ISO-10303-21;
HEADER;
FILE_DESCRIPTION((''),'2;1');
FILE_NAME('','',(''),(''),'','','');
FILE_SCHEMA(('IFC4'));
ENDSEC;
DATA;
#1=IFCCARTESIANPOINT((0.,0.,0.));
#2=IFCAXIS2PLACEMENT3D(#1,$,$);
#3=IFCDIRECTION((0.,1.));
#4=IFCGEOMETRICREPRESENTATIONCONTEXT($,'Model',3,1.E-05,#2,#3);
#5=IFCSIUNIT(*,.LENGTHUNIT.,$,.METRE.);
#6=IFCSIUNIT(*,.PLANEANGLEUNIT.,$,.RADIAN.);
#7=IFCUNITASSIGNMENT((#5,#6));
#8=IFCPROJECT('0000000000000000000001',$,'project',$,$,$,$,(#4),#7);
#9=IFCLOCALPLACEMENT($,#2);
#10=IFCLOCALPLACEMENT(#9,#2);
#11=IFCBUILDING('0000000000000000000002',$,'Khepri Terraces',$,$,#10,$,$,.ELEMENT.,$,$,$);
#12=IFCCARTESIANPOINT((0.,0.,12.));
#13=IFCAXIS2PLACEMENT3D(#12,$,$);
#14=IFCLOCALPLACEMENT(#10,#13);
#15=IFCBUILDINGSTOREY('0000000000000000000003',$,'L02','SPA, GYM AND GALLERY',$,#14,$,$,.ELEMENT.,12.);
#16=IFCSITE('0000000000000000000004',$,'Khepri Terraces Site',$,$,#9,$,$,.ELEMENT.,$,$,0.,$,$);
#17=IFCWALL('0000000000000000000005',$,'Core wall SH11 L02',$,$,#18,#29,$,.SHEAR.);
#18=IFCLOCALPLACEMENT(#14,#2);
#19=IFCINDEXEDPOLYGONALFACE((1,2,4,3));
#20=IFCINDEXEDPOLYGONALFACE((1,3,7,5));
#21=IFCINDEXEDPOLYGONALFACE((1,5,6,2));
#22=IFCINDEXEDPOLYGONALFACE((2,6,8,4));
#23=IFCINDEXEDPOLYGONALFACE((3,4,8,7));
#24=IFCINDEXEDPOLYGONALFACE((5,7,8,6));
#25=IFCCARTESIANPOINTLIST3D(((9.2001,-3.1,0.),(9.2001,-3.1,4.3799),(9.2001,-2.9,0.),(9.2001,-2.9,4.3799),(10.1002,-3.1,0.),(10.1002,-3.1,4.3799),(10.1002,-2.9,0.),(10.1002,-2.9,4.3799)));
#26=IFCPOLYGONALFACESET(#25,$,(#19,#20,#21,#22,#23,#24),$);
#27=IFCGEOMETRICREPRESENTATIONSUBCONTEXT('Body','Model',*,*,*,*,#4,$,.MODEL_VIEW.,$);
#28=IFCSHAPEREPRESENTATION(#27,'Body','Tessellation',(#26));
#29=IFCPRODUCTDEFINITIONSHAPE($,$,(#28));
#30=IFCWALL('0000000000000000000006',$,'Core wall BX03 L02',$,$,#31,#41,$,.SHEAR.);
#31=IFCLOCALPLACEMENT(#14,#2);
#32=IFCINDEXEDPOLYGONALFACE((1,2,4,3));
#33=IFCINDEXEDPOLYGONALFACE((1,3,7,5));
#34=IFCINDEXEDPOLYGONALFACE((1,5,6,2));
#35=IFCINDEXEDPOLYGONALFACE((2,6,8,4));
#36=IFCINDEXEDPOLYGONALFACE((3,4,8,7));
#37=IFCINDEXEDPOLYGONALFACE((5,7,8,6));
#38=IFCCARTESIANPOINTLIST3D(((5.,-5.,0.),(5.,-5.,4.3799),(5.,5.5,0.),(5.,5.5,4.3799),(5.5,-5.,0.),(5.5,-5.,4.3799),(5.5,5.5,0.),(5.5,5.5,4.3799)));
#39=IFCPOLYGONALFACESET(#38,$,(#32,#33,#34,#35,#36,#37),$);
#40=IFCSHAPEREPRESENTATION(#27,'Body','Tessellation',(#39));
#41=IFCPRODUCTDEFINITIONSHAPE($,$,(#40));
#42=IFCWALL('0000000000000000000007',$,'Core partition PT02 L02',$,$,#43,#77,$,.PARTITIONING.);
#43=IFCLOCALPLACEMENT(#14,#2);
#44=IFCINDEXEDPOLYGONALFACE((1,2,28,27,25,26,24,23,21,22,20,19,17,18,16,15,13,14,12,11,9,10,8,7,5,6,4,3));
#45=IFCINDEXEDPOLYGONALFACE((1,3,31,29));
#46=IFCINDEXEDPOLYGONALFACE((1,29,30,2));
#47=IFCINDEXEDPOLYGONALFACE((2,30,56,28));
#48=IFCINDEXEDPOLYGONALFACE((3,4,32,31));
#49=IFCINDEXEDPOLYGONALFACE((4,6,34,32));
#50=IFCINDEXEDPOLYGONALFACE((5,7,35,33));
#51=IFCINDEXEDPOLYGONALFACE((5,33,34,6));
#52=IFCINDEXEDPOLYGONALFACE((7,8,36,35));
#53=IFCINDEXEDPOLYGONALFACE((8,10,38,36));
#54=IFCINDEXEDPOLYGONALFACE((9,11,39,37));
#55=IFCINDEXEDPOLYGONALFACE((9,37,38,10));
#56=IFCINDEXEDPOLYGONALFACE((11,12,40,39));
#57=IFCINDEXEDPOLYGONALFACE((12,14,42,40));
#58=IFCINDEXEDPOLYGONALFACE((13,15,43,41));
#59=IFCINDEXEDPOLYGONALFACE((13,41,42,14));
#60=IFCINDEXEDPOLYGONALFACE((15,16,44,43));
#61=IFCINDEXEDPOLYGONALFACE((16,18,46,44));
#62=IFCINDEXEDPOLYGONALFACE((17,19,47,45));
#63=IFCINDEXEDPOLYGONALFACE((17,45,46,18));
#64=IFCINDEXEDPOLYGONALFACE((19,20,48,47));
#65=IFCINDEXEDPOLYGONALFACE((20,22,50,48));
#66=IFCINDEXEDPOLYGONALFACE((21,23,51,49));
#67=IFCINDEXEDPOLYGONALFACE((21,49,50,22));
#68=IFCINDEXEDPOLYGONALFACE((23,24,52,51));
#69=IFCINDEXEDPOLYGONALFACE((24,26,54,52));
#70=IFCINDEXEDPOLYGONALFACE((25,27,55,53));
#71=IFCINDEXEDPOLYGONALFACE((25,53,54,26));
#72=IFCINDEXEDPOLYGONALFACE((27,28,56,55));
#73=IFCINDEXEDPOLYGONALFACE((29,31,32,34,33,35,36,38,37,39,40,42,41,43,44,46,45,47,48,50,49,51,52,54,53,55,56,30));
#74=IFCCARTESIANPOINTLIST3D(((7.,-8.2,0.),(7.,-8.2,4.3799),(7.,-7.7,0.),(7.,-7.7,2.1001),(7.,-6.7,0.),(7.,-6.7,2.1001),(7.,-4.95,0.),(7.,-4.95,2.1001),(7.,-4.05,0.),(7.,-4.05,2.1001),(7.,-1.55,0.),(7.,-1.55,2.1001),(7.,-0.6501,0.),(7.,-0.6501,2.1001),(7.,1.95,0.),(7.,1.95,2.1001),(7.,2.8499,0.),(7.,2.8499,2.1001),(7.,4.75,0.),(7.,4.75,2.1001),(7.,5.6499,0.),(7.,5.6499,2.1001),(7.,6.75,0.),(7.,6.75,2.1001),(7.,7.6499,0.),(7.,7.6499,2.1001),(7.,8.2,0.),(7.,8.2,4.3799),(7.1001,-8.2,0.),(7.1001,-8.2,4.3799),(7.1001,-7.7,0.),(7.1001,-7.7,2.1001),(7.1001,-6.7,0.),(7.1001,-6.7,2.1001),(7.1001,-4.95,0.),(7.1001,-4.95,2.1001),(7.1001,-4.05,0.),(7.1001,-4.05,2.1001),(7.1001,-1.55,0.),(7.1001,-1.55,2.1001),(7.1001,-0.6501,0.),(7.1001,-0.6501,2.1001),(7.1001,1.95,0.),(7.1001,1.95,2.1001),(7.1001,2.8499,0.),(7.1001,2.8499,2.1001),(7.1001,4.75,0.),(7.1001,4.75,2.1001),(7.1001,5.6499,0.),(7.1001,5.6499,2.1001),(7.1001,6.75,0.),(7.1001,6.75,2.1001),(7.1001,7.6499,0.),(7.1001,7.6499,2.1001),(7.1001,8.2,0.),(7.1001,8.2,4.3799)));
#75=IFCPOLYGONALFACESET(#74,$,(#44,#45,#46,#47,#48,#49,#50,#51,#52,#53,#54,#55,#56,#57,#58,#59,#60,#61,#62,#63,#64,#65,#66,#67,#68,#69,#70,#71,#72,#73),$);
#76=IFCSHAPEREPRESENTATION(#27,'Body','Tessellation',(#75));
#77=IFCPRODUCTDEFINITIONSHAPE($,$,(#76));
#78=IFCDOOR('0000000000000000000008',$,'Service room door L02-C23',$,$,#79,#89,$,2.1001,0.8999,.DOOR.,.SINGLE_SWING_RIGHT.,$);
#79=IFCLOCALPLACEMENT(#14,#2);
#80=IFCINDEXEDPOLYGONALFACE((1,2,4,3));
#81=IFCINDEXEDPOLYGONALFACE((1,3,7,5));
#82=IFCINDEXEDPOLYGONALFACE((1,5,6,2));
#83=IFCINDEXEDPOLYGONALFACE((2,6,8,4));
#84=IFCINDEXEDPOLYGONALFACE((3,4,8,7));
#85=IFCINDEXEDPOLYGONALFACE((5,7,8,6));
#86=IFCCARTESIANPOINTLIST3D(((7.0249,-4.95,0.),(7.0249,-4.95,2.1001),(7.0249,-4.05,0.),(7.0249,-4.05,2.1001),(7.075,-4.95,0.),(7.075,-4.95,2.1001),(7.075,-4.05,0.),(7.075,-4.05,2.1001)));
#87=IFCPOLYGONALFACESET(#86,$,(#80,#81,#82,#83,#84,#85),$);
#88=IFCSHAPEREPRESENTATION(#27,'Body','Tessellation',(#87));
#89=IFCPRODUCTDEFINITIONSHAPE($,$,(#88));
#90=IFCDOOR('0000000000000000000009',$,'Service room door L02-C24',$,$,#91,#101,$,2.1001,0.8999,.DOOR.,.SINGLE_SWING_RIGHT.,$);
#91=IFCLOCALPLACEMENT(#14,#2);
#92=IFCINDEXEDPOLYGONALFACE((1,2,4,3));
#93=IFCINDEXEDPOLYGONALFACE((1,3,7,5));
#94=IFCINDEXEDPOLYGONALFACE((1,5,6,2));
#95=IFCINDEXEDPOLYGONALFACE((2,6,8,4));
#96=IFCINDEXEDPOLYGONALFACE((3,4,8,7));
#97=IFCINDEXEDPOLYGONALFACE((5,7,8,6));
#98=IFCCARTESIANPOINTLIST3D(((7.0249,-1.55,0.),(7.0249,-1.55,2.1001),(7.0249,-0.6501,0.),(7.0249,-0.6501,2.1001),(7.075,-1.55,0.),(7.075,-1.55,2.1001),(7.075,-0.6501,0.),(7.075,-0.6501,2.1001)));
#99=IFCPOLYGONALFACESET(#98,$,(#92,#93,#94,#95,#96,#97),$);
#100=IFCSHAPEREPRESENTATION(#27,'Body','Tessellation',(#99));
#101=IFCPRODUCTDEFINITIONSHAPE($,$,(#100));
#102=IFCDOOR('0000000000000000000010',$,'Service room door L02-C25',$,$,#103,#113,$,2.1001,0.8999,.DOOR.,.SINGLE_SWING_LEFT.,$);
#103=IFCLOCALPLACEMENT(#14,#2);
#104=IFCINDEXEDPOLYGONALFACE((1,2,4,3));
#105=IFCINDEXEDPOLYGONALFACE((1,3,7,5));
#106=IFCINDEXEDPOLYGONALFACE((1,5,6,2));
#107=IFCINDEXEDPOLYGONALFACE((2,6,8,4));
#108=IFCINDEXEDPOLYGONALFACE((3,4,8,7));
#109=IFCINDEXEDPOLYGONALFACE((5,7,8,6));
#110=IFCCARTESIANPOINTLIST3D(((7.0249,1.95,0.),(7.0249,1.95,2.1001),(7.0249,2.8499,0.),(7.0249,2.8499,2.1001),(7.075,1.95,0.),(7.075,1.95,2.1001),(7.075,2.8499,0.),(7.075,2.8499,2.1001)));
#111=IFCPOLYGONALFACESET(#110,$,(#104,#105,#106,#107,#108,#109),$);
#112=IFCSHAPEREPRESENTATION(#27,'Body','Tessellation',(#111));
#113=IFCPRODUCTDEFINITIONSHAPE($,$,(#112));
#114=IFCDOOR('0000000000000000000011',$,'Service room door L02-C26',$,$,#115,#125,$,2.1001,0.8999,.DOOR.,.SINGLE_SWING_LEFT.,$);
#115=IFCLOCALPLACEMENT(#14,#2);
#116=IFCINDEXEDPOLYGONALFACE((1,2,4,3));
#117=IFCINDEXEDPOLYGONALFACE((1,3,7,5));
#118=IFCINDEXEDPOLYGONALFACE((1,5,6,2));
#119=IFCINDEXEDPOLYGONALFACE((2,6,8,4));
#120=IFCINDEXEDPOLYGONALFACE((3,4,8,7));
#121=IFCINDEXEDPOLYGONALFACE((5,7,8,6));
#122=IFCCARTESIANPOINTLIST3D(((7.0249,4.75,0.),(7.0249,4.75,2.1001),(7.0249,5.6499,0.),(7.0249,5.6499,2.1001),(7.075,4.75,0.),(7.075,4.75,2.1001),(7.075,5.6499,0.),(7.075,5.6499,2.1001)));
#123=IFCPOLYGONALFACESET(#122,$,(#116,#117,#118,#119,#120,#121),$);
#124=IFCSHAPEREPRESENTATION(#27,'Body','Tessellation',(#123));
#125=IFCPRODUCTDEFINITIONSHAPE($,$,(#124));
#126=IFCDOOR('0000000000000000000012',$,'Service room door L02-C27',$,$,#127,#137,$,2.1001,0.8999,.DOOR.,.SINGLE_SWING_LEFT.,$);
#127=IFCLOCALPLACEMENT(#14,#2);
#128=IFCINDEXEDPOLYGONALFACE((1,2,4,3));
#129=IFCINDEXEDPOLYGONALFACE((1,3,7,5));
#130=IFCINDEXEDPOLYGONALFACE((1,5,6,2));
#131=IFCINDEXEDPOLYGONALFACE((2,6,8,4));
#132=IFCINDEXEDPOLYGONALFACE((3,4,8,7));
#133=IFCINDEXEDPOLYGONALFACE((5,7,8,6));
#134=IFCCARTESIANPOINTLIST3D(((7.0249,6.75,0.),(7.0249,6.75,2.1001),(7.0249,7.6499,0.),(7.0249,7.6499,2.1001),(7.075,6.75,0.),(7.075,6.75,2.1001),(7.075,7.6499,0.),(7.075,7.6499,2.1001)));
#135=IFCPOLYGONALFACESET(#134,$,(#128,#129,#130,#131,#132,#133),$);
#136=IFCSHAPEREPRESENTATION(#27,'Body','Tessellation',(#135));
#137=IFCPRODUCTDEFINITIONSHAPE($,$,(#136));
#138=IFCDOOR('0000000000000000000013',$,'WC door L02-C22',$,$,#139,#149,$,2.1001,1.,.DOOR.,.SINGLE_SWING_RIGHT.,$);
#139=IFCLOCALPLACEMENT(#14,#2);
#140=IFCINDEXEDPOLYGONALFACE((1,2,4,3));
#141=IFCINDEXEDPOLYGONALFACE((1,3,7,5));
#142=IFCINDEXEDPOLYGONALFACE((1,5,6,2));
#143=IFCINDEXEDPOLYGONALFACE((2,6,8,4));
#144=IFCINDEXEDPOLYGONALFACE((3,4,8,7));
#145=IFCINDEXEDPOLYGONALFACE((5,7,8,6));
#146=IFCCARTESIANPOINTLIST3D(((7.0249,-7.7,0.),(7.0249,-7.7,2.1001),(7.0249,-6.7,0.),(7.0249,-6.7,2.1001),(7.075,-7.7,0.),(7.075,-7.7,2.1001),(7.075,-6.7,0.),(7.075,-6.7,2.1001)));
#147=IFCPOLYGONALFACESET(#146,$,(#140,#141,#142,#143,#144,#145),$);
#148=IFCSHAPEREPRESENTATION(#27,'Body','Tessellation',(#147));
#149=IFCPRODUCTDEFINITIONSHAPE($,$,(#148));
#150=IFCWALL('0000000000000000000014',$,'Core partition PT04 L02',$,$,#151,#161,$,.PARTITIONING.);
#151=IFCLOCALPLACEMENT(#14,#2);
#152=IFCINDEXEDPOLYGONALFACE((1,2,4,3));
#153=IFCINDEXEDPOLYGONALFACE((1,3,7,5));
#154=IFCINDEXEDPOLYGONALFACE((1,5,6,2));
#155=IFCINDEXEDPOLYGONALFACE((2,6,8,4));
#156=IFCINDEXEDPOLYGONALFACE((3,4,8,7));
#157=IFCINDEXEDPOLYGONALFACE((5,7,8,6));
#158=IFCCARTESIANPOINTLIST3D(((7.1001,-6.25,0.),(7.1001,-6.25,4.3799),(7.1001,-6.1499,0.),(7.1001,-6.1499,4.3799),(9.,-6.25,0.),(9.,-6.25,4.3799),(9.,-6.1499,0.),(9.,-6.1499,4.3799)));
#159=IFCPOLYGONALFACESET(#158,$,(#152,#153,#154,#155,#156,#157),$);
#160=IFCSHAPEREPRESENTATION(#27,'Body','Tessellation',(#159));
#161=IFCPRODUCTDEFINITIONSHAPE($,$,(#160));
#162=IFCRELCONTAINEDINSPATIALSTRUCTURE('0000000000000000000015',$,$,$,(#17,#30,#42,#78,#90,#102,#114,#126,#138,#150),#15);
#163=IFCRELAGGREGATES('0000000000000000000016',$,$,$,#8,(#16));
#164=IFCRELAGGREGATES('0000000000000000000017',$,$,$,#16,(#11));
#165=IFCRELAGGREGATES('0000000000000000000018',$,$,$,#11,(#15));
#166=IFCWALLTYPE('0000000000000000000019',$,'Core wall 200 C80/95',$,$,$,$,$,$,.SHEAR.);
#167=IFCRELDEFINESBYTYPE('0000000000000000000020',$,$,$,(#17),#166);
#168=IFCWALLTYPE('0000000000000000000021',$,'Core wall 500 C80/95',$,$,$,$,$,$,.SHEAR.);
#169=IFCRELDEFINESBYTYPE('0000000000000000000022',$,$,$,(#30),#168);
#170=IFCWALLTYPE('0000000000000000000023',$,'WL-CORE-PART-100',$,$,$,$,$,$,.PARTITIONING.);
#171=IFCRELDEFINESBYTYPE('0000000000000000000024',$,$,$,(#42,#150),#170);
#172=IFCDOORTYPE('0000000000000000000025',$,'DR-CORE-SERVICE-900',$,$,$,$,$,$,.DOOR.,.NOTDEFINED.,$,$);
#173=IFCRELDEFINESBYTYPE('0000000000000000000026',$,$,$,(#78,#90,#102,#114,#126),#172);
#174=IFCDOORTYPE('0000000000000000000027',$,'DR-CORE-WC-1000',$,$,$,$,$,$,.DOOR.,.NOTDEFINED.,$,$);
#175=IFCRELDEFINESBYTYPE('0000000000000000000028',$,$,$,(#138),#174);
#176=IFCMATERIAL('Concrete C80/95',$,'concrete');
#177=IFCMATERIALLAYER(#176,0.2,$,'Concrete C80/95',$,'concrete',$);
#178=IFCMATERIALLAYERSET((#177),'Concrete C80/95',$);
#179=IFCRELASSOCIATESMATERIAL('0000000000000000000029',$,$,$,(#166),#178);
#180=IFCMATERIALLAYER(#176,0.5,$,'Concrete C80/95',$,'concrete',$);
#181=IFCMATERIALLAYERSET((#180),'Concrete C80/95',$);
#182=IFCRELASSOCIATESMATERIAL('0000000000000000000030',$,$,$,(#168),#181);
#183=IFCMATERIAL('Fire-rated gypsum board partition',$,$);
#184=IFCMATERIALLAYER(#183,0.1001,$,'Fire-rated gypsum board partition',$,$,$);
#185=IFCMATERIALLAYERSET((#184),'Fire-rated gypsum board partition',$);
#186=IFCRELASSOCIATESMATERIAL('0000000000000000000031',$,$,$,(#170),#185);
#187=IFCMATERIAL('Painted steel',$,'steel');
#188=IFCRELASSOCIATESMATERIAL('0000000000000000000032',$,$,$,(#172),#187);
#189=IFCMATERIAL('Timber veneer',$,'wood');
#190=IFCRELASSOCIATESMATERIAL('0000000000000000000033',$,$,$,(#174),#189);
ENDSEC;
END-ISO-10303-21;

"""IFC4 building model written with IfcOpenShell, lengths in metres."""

from ifc_helpers import new_model, si_unit, direction, frame, frame_2d, origin, place, context, subcontext, project, spatial, rectangle, extrude, material, layer, layer_set, type_object, element, fill, save


model = new_model("IFC4")

# Units and contexts
model_context = context("Model", 3, precision=1e-05, world=origin(), true_north=direction((0.0, 1.0)))
body_context = subcontext(model_context, "Body", "Model", "MODEL_VIEW")
ifc_project = project(units=[si_unit("LENGTHUNIT", "METRE"), si_unit("PLANEANGLEUNIT", "RADIAN")], contexts=[model_context])

# Site, building, storey
site_placement = place(None, origin())
site = spatial("IfcSite", under=ifc_project, at=site_placement, Name="Khepri Terraces Site", CompositionType="ELEMENT", RefElevation=0.0)
building_placement = place(site_placement, origin())
building = spatial("IfcBuilding", under=site, at=building_placement, Name="Khepri Terraces", CompositionType="ELEMENT")
storey_placement = place(building_placement, frame((0.0, 0.0, 12.0)))
storey = spatial("IfcBuildingStorey", under=building, at=storey_placement, Name="L02", Description="SPA, GYM AND GALLERY", CompositionType="ELEMENT", Elevation=12.0)

# Shared definitions
ifc_material_1 = material(Name="Concrete C80/95", Category="concrete")
ifc_layer_1 = layer(ifc_material_1, 0.2, Name="Concrete C80/95", Category="concrete")
ifc_layer_set_1 = layer_set([ifc_layer_1], Name="Concrete C80/95")
wall_type_1 = type_object("IfcWallType", Name="Core wall 200 C80/95", PredefinedType="SHEAR", material=ifc_layer_set_1)
ifc_material_2 = material(Name="Painted steel", Category="steel")

# Walls
wall_1_placement = place(storey_placement, frame((9.2, -3.0, 0.0), z_axis=(0.0, 0.0, 1.0), x_axis=(1.0, 0.0, 0.0)))
element("IfcWall", 1, at=wall_1_placement, inside=storey, type_object=wall_type_1, Name="Core wall SH11 L02", PredefinedType="SHEAR", context=body_context, shape_type="SweptSolid", body=[
    extrude(rectangle(XDim=0.9001, YDim=0.2, at=frame_2d((0.4502, 0.0))), origin(), (0.0, 0.0, 1.0), 4.3799),
])
ifc_layer_2 = layer(ifc_material_1, 0.5, Name="Concrete C80/95", Category="concrete")
ifc_layer_set_2 = layer_set([ifc_layer_2], Name="Concrete C80/95")
wall_type_2 = type_object("IfcWallType", Name="Core wall 500 C80/95", PredefinedType="SHEAR", material=ifc_layer_set_2)
wall_2_placement = place(storey_placement, frame((5.25, -5.0, 0.0), z_axis=(0.0, 0.0, 1.0), x_axis=(0.0, 1.0, 0.0)))
element("IfcWall", 2, at=wall_2_placement, inside=storey, type_object=wall_type_2, Name="Core wall BX03 L02", PredefinedType="SHEAR", context=body_context, shape_type="SweptSolid", body=[
    extrude(rectangle(XDim=10.5, YDim=0.5, at=frame_2d((5.25, 0.0))), origin(), (0.0, 0.0, 1.0), 4.3799),
])

# Wall, openings, doors
ifc_material_3 = material(Name="Fire-rated gypsum board partition")
ifc_layer_3 = layer(ifc_material_3, 0.1001, Name="Fire-rated gypsum board partition")
ifc_layer_set_3 = layer_set([ifc_layer_3], Name="Fire-rated gypsum board partition")
wall_type_3 = type_object("IfcWallType", Name="WL-CORE-PART-100", PredefinedType="PARTITIONING", material=ifc_layer_set_3)
wall_3_placement = place(storey_placement, frame((7.05, -8.2, 0.0), z_axis=(0.0, 0.0, 1.0), x_axis=(0.0, 1.0, 0.0)))
wall_3 = element("IfcWall", 3, at=wall_3_placement, inside=storey, type_object=wall_type_3, Name="Core partition PT02 L02", PredefinedType="PARTITIONING", context=body_context, shape_type="SweptSolid", body=[
    extrude(rectangle(XDim=16.3999, YDim=0.1001, at=frame_2d((8.2, 0.0))), origin(), (0.0, 0.0, 1.0), 4.3799),
])
opening_1_placement = place(wall_3_placement, frame((0.5, 0.0, 0.0)))
opening_1 = element("IfcOpeningElement", 4, at=opening_1_placement, cuts=wall_3, PredefinedType="OPENING", context=body_context, shape_type="SweptSolid", body=[
    extrude(rectangle(XDim=1.0, YDim=2.1001, at=frame_2d((0.5, 1.05))), frame((0.0, 0.0601, 0.0), z_axis=(0.0, -1.0, 0.0), x_axis=(1.0, 0.0, 0.0)), (0.0, 0.0, 1.0), 0.1201),
])
opening_2_placement = place(wall_3_placement, frame((3.25, 0.0, 0.0)))
opening_2 = element("IfcOpeningElement", 5, at=opening_2_placement, cuts=wall_3, PredefinedType="OPENING", context=body_context, shape_type="SweptSolid", body=[
    extrude(rectangle(XDim=0.8999, YDim=2.1001, at=frame_2d((0.45, 1.05))), frame((0.0, 0.0601, 0.0), z_axis=(0.0, -1.0, 0.0), x_axis=(1.0, 0.0, 0.0)), (0.0, 0.0, 1.0), 0.1201),
])
opening_3_placement = place(wall_3_placement, frame((6.6499, 0.0, 0.0)))
opening_3 = element("IfcOpeningElement", 6, at=opening_3_placement, cuts=wall_3, PredefinedType="OPENING", context=body_context, shape_type="SweptSolid", body=[
    extrude(rectangle(XDim=0.8999, YDim=2.1001, at=frame_2d((0.45, 1.05))), frame((0.0, 0.0601, 0.0), z_axis=(0.0, -1.0, 0.0), x_axis=(1.0, 0.0, 0.0)), (0.0, 0.0, 1.0), 0.1201),
])
opening_4_placement = place(wall_3_placement, frame((10.1499, 0.0, 0.0)))
opening_4 = element("IfcOpeningElement", 7, at=opening_4_placement, cuts=wall_3, PredefinedType="OPENING", context=body_context, shape_type="SweptSolid", body=[
    extrude(rectangle(XDim=0.8999, YDim=2.1001, at=frame_2d((0.45, 1.05))), frame((0.0, 0.0601, 0.0), z_axis=(0.0, -1.0, 0.0), x_axis=(1.0, 0.0, 0.0)), (0.0, 0.0, 1.0), 0.1201),
])
opening_5_placement = place(wall_3_placement, frame((12.95, 0.0, 0.0)))
opening_5 = element("IfcOpeningElement", 8, at=opening_5_placement, cuts=wall_3, PredefinedType="OPENING", context=body_context, shape_type="SweptSolid", body=[
    extrude(rectangle(XDim=0.8999, YDim=2.1001, at=frame_2d((0.45, 1.05))), frame((0.0, 0.0601, 0.0), z_axis=(0.0, -1.0, 0.0), x_axis=(1.0, 0.0, 0.0)), (0.0, 0.0, 1.0), 0.1201),
])
opening_6_placement = place(wall_3_placement, frame((14.95, 0.0, 0.0)))
opening_6 = element("IfcOpeningElement", 9, at=opening_6_placement, cuts=wall_3, PredefinedType="OPENING", context=body_context, shape_type="SweptSolid", body=[
    extrude(rectangle(XDim=0.8999, YDim=2.1001, at=frame_2d((0.45, 1.05))), frame((0.0, 0.0601, 0.0), z_axis=(0.0, -1.0, 0.0), x_axis=(1.0, 0.0, 0.0)), (0.0, 0.0, 1.0), 0.1201),
])
door_type_1 = type_object("IfcDoorType", Name="DR-CORE-SERVICE-900", OperationType="NOTDEFINED", PredefinedType="DOOR", material=ifc_material_2)
door_1_placement = place(opening_2_placement, frame((0.8999, 0.0, 0.0), z_axis=(0.0, 0.0, 1.0), x_axis=(-1.0, 0.0, 0.0)))
door_1 = element("IfcDoor", 10, at=door_1_placement, inside=storey, type_object=door_type_1, Name="Service room door L02-C23", OperationType="SINGLE_SWING_RIGHT", OverallHeight=2.1001, OverallWidth=0.8999, PredefinedType="DOOR", context=body_context, shape_type="SweptSolid", body=[
    extrude(rectangle(XDim=0.8999, YDim=2.1001, at=frame_2d((0.45, 1.05))), frame((0.0, 0.0249, 0.0), z_axis=(0.0, -1.0, 0.0), x_axis=(1.0, 0.0, 0.0)), (0.0, 0.0, 1.0), 0.05),
])
fill(opening_2, door_1)
door_2_placement = place(opening_3_placement, frame((0.8999, 0.0, 0.0), z_axis=(0.0, 0.0, 1.0), x_axis=(-1.0, 0.0, 0.0)))
door_2 = element("IfcDoor", 11, at=door_2_placement, inside=storey, type_object=door_type_1, Name="Service room door L02-C24", OperationType="SINGLE_SWING_RIGHT", OverallHeight=2.1001, OverallWidth=0.8999, PredefinedType="DOOR", context=body_context, shape_type="SweptSolid", body=[
    extrude(rectangle(XDim=0.8999, YDim=2.1001, at=frame_2d((0.45, 1.05))), frame((0.0, 0.0249, 0.0), z_axis=(0.0, -1.0, 0.0), x_axis=(1.0, 0.0, 0.0)), (0.0, 0.0, 1.0), 0.05),
])
fill(opening_3, door_2)
door_3_placement = place(opening_4_placement, frame((0.8999, 0.0, 0.0), z_axis=(0.0, 0.0, 1.0), x_axis=(-1.0, 0.0, 0.0)))
door_3 = element("IfcDoor", 12, at=door_3_placement, inside=storey, type_object=door_type_1, Name="Service room door L02-C25", OperationType="SINGLE_SWING_LEFT", OverallHeight=2.1001, OverallWidth=0.8999, PredefinedType="DOOR", context=body_context, shape_type="SweptSolid", body=[
    extrude(rectangle(XDim=0.8999, YDim=2.1001, at=frame_2d((0.45, 1.05))), frame((0.0, 0.0249, 0.0), z_axis=(0.0, -1.0, 0.0), x_axis=(1.0, 0.0, 0.0)), (0.0, 0.0, 1.0), 0.05),
])
fill(opening_4, door_3)
door_4_placement = place(opening_5_placement, frame((0.8999, 0.0, 0.0), z_axis=(0.0, 0.0, 1.0), x_axis=(-1.0, 0.0, 0.0)))
door_4 = element("IfcDoor", 13, at=door_4_placement, inside=storey, type_object=door_type_1, Name="Service room door L02-C26", OperationType="SINGLE_SWING_LEFT", OverallHeight=2.1001, OverallWidth=0.8999, PredefinedType="DOOR", context=body_context, shape_type="SweptSolid", body=[
    extrude(rectangle(XDim=0.8999, YDim=2.1001, at=frame_2d((0.45, 1.05))), frame((0.0, 0.0249, 0.0), z_axis=(0.0, -1.0, 0.0), x_axis=(1.0, 0.0, 0.0)), (0.0, 0.0, 1.0), 0.05),
])
fill(opening_5, door_4)
door_5_placement = place(opening_6_placement, frame((0.8999, 0.0, 0.0), z_axis=(0.0, 0.0, 1.0), x_axis=(-1.0, 0.0, 0.0)))
door_5 = element("IfcDoor", 14, at=door_5_placement, inside=storey, type_object=door_type_1, Name="Service room door L02-C27", OperationType="SINGLE_SWING_LEFT", OverallHeight=2.1001, OverallWidth=0.8999, PredefinedType="DOOR", context=body_context, shape_type="SweptSolid", body=[
    extrude(rectangle(XDim=0.8999, YDim=2.1001, at=frame_2d((0.45, 1.05))), frame((0.0, 0.0249, 0.0), z_axis=(0.0, -1.0, 0.0), x_axis=(1.0, 0.0, 0.0)), (0.0, 0.0, 1.0), 0.05),
])
fill(opening_6, door_5)
ifc_material_4 = material(Name="Timber veneer", Category="wood")
door_type_2 = type_object("IfcDoorType", Name="DR-CORE-WC-1000", OperationType="NOTDEFINED", PredefinedType="DOOR", material=ifc_material_4)
door_6_placement = place(opening_1_placement, frame((1.0, 0.0, 0.0), z_axis=(0.0, 0.0, 1.0), x_axis=(-1.0, 0.0, 0.0)))
door_6 = element("IfcDoor", 15, at=door_6_placement, inside=storey, type_object=door_type_2, Name="WC door L02-C22", OperationType="SINGLE_SWING_RIGHT", OverallHeight=2.1001, OverallWidth=1.0, PredefinedType="DOOR", context=body_context, shape_type="SweptSolid", body=[
    extrude(rectangle(XDim=1.0, YDim=2.1001, at=frame_2d((0.5, 1.05))), frame((0.0, 0.0249, 0.0), z_axis=(0.0, -1.0, 0.0), x_axis=(1.0, 0.0, 0.0)), (0.0, 0.0, 1.0), 0.05),
])
fill(opening_1, door_6)

# Wall
for number, where, z_axis, x_axis, name in (
    (16, (7.1001, -6.2, 0.0), (0.0, 0.0, 1.0), (1.0, 0.0, 0.0), "Core partition PT04 L02"),
):
    element("IfcWall", number, at=place(storey_placement, frame(where, z_axis=z_axis, x_axis=x_axis)), inside=storey, type_object=wall_type_3, Name=name, PredefinedType="PARTITIONING", context=body_context, shape_type="SweptSolid", body=[
        extrude(rectangle(XDim=1.8999, YDim=0.1001, at=frame_2d((0.95, 0.0))), origin(), (0.0, 0.0, 1.0), 4.3799),
    ])

save(model, "model.ifc")
